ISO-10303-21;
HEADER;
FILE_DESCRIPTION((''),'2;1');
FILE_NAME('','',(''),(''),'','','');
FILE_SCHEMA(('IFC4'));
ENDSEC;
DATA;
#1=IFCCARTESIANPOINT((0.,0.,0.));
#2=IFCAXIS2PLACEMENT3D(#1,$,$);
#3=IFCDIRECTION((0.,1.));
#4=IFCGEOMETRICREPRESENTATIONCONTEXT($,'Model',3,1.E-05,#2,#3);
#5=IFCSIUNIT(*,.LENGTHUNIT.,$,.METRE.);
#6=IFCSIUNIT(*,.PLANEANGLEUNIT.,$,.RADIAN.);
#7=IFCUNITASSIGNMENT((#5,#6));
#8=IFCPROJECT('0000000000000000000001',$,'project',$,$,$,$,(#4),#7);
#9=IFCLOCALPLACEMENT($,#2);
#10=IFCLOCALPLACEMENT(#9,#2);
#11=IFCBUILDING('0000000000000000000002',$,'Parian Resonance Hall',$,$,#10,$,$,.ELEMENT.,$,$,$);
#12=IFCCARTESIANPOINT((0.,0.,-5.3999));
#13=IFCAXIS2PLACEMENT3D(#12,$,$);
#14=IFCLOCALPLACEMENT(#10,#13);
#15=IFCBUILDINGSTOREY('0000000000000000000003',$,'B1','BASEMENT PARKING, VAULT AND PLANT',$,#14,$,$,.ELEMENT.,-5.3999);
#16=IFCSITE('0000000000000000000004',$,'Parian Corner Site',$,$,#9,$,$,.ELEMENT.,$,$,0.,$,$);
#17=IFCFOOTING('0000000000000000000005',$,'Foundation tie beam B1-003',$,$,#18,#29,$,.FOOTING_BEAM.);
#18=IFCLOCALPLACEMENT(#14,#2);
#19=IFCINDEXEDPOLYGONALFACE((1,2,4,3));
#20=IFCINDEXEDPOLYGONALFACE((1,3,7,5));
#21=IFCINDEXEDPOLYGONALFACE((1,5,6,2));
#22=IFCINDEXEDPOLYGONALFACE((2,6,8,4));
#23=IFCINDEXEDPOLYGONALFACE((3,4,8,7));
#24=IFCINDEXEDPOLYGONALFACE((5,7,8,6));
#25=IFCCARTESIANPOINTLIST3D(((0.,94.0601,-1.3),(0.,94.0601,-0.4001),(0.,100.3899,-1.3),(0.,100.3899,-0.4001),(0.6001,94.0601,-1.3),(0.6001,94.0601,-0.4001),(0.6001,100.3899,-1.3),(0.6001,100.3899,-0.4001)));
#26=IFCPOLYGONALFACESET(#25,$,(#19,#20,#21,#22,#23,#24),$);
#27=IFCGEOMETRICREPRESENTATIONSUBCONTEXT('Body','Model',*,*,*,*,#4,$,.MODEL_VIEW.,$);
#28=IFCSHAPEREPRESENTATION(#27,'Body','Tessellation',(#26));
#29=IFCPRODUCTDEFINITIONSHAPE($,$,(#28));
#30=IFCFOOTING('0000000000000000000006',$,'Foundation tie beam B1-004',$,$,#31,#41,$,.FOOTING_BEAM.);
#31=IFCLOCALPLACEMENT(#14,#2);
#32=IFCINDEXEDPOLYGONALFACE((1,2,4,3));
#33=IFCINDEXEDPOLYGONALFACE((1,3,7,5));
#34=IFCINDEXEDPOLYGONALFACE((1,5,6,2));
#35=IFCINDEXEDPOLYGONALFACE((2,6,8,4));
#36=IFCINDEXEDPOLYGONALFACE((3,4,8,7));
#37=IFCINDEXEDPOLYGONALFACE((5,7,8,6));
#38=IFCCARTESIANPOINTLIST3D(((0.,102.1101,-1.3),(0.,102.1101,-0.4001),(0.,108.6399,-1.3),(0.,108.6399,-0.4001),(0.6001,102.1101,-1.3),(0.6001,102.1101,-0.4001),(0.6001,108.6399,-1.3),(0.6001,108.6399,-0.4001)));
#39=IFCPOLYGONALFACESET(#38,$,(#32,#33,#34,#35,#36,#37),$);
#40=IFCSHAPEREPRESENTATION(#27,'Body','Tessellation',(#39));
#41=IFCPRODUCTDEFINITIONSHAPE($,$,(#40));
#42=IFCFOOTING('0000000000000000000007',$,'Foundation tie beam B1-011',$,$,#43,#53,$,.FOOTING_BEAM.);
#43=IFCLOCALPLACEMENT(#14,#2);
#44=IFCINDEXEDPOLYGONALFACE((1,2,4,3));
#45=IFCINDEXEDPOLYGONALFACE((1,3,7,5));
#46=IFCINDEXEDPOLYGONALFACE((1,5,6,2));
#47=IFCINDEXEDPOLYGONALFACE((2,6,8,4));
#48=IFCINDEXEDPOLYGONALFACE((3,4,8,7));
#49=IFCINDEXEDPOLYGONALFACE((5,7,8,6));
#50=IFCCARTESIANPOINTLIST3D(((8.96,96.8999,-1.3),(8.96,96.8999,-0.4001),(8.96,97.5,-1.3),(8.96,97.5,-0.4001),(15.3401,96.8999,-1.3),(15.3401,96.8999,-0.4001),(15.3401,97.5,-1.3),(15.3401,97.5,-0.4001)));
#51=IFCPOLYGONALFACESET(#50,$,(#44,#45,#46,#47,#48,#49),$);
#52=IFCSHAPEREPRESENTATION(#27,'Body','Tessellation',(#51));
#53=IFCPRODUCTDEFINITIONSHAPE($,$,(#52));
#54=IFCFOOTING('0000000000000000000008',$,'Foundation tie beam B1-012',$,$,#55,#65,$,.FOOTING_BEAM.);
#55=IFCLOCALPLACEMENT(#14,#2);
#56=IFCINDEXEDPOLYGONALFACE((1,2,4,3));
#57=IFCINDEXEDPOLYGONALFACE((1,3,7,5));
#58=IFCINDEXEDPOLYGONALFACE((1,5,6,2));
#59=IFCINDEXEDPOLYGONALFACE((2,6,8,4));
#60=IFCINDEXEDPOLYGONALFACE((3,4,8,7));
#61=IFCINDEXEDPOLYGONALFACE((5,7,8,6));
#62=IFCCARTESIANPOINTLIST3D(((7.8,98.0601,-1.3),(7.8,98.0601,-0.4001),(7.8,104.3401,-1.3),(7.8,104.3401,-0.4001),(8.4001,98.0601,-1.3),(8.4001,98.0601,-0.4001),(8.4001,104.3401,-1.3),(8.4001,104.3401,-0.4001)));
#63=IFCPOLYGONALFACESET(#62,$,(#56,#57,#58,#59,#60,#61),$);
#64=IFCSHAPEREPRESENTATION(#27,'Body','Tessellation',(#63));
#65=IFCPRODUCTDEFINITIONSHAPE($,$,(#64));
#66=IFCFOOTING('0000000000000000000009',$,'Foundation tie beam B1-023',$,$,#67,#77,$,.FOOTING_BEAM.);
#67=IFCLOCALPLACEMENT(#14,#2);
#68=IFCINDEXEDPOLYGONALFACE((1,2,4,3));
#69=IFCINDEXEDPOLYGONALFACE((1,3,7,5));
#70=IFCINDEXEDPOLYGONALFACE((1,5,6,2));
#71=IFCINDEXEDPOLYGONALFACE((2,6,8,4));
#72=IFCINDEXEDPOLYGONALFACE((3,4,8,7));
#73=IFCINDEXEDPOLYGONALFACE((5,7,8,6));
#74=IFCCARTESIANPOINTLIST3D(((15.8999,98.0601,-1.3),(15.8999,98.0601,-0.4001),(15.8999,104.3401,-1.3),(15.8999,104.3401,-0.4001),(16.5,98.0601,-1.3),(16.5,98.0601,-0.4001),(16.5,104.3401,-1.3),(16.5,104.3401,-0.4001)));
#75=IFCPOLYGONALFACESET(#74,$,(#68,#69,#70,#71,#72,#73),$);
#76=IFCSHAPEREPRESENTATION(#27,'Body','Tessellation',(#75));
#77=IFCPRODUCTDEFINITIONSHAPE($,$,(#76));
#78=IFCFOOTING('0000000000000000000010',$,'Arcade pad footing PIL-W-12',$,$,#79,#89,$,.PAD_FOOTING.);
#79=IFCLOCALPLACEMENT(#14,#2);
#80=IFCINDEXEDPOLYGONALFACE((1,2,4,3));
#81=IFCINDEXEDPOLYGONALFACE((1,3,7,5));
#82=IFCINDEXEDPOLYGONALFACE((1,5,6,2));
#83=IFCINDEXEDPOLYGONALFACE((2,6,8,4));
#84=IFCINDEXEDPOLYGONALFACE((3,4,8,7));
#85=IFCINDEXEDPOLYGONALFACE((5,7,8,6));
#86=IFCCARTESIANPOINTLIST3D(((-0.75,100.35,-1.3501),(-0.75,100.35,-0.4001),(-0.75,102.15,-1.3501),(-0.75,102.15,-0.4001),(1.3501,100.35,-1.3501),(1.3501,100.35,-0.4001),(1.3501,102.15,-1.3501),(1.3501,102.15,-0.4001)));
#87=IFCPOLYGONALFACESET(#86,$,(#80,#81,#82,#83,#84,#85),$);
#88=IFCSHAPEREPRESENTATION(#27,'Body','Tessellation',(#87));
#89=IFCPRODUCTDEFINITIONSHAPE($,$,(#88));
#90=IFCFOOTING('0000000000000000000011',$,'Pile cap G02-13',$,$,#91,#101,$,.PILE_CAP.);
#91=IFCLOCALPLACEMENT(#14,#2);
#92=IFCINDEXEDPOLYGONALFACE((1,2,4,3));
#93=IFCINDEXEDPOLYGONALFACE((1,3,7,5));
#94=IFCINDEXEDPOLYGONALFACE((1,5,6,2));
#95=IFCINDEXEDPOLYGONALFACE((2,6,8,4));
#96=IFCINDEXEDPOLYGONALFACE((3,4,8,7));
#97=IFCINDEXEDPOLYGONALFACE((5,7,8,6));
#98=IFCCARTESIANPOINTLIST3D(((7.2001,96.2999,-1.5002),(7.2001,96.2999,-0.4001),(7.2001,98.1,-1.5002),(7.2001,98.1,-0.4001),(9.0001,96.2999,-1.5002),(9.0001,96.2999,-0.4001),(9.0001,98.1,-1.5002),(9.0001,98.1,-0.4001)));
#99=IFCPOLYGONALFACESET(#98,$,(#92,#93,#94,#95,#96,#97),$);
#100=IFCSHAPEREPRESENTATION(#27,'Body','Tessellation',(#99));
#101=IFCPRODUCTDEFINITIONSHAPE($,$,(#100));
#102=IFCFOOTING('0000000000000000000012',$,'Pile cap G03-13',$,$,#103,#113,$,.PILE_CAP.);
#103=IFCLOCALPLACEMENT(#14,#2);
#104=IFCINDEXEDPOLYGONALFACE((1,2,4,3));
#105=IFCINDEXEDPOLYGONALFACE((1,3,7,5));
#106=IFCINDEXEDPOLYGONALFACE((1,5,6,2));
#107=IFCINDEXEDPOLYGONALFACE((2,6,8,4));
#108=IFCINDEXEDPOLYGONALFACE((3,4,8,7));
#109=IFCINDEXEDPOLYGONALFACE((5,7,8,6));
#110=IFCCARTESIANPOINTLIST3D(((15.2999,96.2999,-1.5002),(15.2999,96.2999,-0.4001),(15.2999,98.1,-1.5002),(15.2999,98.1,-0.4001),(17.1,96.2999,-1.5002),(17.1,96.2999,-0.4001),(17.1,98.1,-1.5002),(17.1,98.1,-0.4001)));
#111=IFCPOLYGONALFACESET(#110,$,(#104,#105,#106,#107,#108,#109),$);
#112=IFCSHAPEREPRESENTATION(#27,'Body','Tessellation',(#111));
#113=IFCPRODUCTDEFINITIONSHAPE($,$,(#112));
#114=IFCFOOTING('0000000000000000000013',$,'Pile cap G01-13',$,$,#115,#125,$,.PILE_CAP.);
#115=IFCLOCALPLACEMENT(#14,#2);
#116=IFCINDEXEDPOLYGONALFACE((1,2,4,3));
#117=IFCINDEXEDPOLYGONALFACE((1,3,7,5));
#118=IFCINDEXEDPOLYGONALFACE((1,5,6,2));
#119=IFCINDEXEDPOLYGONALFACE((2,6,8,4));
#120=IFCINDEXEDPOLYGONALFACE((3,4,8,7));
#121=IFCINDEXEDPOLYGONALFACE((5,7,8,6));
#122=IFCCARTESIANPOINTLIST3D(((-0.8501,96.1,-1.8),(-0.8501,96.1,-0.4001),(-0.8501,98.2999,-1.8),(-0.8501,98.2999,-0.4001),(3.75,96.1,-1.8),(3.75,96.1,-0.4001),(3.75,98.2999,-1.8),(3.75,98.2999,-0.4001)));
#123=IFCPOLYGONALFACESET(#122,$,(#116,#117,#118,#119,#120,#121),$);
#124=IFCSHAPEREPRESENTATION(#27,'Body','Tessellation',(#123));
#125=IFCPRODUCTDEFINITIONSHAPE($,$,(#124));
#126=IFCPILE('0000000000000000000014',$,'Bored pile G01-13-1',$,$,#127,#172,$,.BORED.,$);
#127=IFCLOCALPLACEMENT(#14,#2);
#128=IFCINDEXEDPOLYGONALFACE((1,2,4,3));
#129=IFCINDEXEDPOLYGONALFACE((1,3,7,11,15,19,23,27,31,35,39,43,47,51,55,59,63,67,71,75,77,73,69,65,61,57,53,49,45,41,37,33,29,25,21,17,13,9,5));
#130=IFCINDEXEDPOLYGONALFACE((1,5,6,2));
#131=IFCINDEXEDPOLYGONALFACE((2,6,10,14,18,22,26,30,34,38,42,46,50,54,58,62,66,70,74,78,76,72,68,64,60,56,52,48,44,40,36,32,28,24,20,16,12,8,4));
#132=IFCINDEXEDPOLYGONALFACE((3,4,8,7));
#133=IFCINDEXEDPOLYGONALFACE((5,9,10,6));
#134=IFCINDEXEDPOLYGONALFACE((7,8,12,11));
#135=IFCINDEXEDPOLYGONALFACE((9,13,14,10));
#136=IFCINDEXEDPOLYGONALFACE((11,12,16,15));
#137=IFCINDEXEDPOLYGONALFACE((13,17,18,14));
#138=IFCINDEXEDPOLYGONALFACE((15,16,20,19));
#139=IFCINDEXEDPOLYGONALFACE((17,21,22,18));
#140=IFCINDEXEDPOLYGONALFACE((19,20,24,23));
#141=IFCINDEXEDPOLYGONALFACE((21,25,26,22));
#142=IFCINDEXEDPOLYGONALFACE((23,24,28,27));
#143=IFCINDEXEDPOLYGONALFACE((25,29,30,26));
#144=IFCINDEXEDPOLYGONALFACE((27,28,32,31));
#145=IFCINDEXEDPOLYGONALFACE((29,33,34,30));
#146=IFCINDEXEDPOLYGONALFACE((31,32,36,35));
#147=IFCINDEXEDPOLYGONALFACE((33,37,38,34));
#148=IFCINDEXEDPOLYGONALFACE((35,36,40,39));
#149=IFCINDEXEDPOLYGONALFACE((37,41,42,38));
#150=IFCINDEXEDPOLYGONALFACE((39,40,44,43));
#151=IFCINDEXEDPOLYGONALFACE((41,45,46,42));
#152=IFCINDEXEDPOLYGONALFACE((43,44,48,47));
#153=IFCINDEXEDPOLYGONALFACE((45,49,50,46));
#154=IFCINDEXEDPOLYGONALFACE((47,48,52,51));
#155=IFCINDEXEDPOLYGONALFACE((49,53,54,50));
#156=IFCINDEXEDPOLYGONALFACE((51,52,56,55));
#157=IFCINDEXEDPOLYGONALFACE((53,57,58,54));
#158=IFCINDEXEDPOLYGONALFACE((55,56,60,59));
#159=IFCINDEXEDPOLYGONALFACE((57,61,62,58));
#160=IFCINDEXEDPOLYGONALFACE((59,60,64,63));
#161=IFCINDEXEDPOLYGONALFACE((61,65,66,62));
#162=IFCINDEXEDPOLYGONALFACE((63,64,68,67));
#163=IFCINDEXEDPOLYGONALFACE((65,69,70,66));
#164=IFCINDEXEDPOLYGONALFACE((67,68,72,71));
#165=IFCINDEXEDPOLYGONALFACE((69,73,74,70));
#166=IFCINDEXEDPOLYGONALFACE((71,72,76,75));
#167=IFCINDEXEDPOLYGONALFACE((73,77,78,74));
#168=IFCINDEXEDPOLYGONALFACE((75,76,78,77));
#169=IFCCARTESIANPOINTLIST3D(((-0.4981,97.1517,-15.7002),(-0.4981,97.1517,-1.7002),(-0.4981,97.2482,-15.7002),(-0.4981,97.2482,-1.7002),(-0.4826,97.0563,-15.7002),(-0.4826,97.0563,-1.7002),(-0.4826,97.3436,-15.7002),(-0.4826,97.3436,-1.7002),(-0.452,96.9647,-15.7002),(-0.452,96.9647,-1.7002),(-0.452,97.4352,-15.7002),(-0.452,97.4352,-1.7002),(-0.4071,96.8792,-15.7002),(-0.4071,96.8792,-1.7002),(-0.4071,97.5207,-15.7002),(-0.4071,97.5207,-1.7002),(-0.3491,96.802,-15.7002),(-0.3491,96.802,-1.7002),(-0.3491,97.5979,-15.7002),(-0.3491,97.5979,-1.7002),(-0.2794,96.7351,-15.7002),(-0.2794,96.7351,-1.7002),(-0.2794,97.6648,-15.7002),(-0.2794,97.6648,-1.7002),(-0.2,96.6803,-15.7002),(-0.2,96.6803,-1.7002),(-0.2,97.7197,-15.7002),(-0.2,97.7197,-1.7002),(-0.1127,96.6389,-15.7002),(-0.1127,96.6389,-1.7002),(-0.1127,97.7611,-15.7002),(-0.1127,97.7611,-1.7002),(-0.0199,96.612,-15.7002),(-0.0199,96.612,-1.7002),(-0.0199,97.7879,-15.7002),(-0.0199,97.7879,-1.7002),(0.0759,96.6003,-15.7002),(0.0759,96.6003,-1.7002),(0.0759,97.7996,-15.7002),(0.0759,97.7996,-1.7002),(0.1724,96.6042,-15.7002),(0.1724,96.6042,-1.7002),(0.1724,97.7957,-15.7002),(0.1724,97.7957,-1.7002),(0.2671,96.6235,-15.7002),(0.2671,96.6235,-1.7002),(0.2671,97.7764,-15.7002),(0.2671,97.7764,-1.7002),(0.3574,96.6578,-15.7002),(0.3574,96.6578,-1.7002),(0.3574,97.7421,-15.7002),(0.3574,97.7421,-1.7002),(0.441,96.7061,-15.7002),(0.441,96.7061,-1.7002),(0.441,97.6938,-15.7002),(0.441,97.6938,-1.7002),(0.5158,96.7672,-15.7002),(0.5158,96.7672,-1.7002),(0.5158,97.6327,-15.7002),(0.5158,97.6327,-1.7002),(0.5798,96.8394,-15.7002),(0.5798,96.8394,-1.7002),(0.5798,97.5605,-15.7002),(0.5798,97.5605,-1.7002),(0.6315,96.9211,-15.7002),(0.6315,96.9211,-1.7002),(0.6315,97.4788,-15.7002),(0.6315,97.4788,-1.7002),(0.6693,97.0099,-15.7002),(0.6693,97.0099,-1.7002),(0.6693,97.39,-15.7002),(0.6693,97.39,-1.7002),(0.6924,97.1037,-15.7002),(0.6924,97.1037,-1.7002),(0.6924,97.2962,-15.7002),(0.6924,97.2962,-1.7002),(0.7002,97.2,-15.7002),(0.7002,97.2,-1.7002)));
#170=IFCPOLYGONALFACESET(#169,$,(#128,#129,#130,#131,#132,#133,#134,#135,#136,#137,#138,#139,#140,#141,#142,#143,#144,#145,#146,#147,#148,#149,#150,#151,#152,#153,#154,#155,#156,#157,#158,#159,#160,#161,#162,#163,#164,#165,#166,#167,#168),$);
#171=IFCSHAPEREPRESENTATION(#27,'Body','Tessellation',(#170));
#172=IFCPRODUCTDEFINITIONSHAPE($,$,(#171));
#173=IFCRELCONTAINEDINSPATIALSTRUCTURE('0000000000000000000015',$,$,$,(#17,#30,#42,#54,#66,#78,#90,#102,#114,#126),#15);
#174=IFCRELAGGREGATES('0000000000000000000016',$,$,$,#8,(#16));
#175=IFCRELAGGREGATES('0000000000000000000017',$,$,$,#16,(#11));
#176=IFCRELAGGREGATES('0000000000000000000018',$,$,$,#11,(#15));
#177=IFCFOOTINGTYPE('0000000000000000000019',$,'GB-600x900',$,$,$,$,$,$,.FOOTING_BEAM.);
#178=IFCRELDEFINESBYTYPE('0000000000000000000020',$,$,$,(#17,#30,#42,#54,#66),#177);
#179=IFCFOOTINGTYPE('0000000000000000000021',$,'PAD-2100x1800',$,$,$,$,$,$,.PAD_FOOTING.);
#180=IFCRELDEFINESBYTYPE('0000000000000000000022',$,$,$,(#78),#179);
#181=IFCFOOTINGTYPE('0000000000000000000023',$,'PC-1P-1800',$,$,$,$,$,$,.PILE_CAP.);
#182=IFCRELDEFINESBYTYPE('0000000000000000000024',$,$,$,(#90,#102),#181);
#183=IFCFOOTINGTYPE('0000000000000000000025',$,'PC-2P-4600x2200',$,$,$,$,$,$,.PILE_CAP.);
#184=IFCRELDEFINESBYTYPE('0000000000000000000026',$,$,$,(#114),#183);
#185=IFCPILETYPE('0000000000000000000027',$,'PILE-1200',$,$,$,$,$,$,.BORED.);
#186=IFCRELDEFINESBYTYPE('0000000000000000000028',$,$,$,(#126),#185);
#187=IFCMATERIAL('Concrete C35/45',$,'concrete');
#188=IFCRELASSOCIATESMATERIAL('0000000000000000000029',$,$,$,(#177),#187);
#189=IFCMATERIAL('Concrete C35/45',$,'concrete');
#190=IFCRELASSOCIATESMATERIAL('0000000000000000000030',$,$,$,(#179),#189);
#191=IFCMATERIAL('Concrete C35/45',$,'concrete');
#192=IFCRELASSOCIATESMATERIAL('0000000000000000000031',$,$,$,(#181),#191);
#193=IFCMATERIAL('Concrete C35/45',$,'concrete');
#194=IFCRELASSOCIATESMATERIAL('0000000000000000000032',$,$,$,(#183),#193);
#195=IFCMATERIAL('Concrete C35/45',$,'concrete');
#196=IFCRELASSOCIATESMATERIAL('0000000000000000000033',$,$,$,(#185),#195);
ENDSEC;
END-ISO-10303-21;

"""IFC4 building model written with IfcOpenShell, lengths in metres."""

from ifc_helpers import new_model, si_unit, direction, frame, origin, origin_2d, place, context, subcontext, project, spatial, rectangle, circle, extrude, material, material_profile, profile_set, type_object, element, save


model = new_model("IFC4")

# Units and contexts
model_context = context("Model", 3, precision=1e-05, world=origin(), true_north=direction((0.0, 1.0)))
body_context = subcontext(model_context, "Body", "Model", "MODEL_VIEW")
ifc_project = project(units=[si_unit("LENGTHUNIT", "METRE"), si_unit("PLANEANGLEUNIT", "RADIAN")], contexts=[model_context])

# Site, building, storey
site_placement = place(None, origin())
site = spatial("IfcSite", under=ifc_project, at=site_placement, Name="Parian Corner Site", CompositionType="ELEMENT", RefElevation=0.0)
building_placement = place(site_placement, origin())
building = spatial("IfcBuilding", under=site, at=building_placement, Name="Parian Resonance Hall", CompositionType="ELEMENT")
storey_placement = place(building_placement, frame((0.0, 0.0, -5.3999)))
storey = spatial("IfcBuildingStorey", under=building, at=storey_placement, Name="B1", Description="BASEMENT PARKING, VAULT AND PLANT", CompositionType="ELEMENT", Elevation=-5.3999)

# Footings
ifc_material_1 = material(Name="Concrete C35/45", Category="concrete")
ifc_material_profile_1 = material_profile(ifc_material_1, rectangle(XDim=0.6001, YDim=0.8999, at=origin_2d()), Name="RC-GB-600x900")
ifc_profile_set_1 = profile_set([ifc_material_profile_1], Name="Concrete C35/45")
footing_type_1 = type_object("IfcFootingType", Name="GB-600x900", PredefinedType="FOOTING_BEAM", material=ifc_profile_set_1)
footing_1_placement = place(storey_placement, frame((0.3, 94.0601, -0.8501), z_axis=(0.0, 1.0, 0.0), x_axis=(-1.0, 0.0, 0.0)))
element("IfcFooting", 1, at=footing_1_placement, inside=storey, type_object=footing_type_1, Name="Foundation tie beam B1-003", PredefinedType="FOOTING_BEAM", context=body_context, shape_type="SweptSolid", body=[
    extrude(rectangle(XDim=0.6001, YDim=0.8999, at=origin_2d()), origin(), (0.0, 0.0, 1.0), 6.3298),
])
footing_2_placement = place(storey_placement, frame((0.3, 102.1101, -0.8501), z_axis=(0.0, 1.0, 0.0), x_axis=(-1.0, 0.0, 0.0)))
element("IfcFooting", 2, at=footing_2_placement, inside=storey, type_object=footing_type_1, Name="Foundation tie beam B1-004", PredefinedType="FOOTING_BEAM", context=body_context, shape_type="SweptSolid", body=[
    extrude(rectangle(XDim=0.6001, YDim=0.8999, at=origin_2d()), origin(), (0.0, 0.0, 1.0), 6.5298),
])
footing_3_placement = place(storey_placement, frame((8.96, 97.2, -0.8501), z_axis=(1.0, 0.0, 0.0), x_axis=(0.0, 1.0, 0.0)))
element("IfcFooting", 3, at=footing_3_placement, inside=storey, type_object=footing_type_1, Name="Foundation tie beam B1-011", PredefinedType="FOOTING_BEAM", context=body_context, shape_type="SweptSolid", body=[
    extrude(rectangle(XDim=0.6001, YDim=0.8999, at=origin_2d()), origin(), (0.0, 0.0, 1.0), 6.3801),
])
for number, where, z_axis, x_axis, name in (
    (4, (8.1001, 98.0601, -0.8501), (0.0, 1.0, 0.0), (-1.0, 0.0, 0.0), "Foundation tie beam B1-012"),
    (5, (16.2, 98.0601, -0.8501), (0.0, 1.0, 0.0), (-1.0, 0.0, 0.0), "Foundation tie beam B1-023"),
):
    element("IfcFooting", number, at=place(storey_placement, frame(where, z_axis=z_axis, x_axis=x_axis)), inside=storey, type_object=footing_type_1, Name=name, PredefinedType="FOOTING_BEAM", context=body_context, shape_type="SweptSolid", body=[
        extrude(rectangle(XDim=0.6001, YDim=0.8999, at=origin_2d()), origin(), (0.0, 0.0, 1.0), 6.28),
    ])
ifc_material_2 = material(Name="Concrete C35/45", Category="concrete")
footing_type_2 = type_object("IfcFootingType", Name="PAD-2100x1800", PredefinedType="PAD_FOOTING", material=ifc_material_2)
footing_4_placement = place(storey_placement, frame((0.3, 101.25, -1.3501), z_axis=(0.0, 0.0, 1.0), x_axis=(1.0, 0.0, 0.0)))
element("IfcFooting", 6, at=footing_4_placement, inside=storey, type_object=footing_type_2, Name="Arcade pad footing PIL-W-12", PredefinedType="PAD_FOOTING", context=body_context, shape_type="SweptSolid", body=[
    extrude(rectangle(XDim=2.1001, YDim=1.8, at=origin_2d()), origin(), (0.0, 0.0, 1.0), 0.95),
])
ifc_material_3 = material(Name="Concrete C35/45", Category="concrete")
footing_type_3 = type_object("IfcFootingType", Name="PC-1P-1800", PredefinedType="PILE_CAP", material=ifc_material_3)
for number, where, z_axis, x_axis, name in (
    (7, (8.1001, 97.2, -1.5002), (0.0, 0.0, 1.0), (1.0, 0.0, 0.0), "Pile cap G02-13"),
    (8, (16.2, 97.2, -1.5002), (0.0, 0.0, 1.0), (1.0, 0.0, 0.0), "Pile cap G03-13"),
):
    element("IfcFooting", number, at=place(storey_placement, frame(where, z_axis=z_axis, x_axis=x_axis)), inside=storey, type_object=footing_type_3, Name=name, PredefinedType="PILE_CAP", context=body_context, shape_type="SweptSolid", body=[
        extrude(rectangle(XDim=1.8, YDim=1.8, at=origin_2d()), origin(), (0.0, 0.0, 1.0), 1.1001),
    ])
ifc_material_4 = material(Name="Concrete C35/45", Category="concrete")
footing_type_4 = type_object("IfcFootingType", Name="PC-2P-4600x2200", PredefinedType="PILE_CAP", material=ifc_material_4)
footing_5_placement = place(storey_placement, frame((1.45, 97.2, -1.8), z_axis=(0.0, 0.0, 1.0), x_axis=(1.0, 0.0, 0.0)))
element("IfcFooting", 9, at=footing_5_placement, inside=storey, type_object=footing_type_4, Name="Pile cap G01-13", PredefinedType="PILE_CAP", context=body_context, shape_type="SweptSolid", body=[
    extrude(rectangle(XDim=4.6001, YDim=2.2, at=origin_2d()), origin(), (0.0, 0.0, 1.0), 1.3999),
])

# Pile
ifc_material_5 = material(Name="Concrete C35/45", Category="concrete")
ifc_material_profile_2 = material_profile(ifc_material_5, circle(Radius=0.6001, at=origin_2d()), Name="PILE-D1200")
ifc_profile_set_2 = profile_set([ifc_material_profile_2], Name="Concrete C35/45")
pile_type_1 = type_object("IfcPileType", Name="PILE-1200", PredefinedType="BORED", material=ifc_profile_set_2)
for number, where, z_axis, x_axis, name in (
    (10, (0.1001, 97.2, -1.7002), (0.0, 0.0, -1.0), (1.0, 0.0, 0.0), "Bored pile G01-13-1"),
):
    element("IfcPile", number, at=place(storey_placement, frame(where, z_axis=z_axis, x_axis=x_axis)), inside=storey, type_object=pile_type_1, Name=name, PredefinedType="BORED", context=body_context, shape_type="SweptSolid", body=[
        extrude(circle(Radius=0.6001, at=origin_2d()), origin(), (0.0, 0.0, 1.0), 14.0),
    ])

save(model, "model.ifc")
